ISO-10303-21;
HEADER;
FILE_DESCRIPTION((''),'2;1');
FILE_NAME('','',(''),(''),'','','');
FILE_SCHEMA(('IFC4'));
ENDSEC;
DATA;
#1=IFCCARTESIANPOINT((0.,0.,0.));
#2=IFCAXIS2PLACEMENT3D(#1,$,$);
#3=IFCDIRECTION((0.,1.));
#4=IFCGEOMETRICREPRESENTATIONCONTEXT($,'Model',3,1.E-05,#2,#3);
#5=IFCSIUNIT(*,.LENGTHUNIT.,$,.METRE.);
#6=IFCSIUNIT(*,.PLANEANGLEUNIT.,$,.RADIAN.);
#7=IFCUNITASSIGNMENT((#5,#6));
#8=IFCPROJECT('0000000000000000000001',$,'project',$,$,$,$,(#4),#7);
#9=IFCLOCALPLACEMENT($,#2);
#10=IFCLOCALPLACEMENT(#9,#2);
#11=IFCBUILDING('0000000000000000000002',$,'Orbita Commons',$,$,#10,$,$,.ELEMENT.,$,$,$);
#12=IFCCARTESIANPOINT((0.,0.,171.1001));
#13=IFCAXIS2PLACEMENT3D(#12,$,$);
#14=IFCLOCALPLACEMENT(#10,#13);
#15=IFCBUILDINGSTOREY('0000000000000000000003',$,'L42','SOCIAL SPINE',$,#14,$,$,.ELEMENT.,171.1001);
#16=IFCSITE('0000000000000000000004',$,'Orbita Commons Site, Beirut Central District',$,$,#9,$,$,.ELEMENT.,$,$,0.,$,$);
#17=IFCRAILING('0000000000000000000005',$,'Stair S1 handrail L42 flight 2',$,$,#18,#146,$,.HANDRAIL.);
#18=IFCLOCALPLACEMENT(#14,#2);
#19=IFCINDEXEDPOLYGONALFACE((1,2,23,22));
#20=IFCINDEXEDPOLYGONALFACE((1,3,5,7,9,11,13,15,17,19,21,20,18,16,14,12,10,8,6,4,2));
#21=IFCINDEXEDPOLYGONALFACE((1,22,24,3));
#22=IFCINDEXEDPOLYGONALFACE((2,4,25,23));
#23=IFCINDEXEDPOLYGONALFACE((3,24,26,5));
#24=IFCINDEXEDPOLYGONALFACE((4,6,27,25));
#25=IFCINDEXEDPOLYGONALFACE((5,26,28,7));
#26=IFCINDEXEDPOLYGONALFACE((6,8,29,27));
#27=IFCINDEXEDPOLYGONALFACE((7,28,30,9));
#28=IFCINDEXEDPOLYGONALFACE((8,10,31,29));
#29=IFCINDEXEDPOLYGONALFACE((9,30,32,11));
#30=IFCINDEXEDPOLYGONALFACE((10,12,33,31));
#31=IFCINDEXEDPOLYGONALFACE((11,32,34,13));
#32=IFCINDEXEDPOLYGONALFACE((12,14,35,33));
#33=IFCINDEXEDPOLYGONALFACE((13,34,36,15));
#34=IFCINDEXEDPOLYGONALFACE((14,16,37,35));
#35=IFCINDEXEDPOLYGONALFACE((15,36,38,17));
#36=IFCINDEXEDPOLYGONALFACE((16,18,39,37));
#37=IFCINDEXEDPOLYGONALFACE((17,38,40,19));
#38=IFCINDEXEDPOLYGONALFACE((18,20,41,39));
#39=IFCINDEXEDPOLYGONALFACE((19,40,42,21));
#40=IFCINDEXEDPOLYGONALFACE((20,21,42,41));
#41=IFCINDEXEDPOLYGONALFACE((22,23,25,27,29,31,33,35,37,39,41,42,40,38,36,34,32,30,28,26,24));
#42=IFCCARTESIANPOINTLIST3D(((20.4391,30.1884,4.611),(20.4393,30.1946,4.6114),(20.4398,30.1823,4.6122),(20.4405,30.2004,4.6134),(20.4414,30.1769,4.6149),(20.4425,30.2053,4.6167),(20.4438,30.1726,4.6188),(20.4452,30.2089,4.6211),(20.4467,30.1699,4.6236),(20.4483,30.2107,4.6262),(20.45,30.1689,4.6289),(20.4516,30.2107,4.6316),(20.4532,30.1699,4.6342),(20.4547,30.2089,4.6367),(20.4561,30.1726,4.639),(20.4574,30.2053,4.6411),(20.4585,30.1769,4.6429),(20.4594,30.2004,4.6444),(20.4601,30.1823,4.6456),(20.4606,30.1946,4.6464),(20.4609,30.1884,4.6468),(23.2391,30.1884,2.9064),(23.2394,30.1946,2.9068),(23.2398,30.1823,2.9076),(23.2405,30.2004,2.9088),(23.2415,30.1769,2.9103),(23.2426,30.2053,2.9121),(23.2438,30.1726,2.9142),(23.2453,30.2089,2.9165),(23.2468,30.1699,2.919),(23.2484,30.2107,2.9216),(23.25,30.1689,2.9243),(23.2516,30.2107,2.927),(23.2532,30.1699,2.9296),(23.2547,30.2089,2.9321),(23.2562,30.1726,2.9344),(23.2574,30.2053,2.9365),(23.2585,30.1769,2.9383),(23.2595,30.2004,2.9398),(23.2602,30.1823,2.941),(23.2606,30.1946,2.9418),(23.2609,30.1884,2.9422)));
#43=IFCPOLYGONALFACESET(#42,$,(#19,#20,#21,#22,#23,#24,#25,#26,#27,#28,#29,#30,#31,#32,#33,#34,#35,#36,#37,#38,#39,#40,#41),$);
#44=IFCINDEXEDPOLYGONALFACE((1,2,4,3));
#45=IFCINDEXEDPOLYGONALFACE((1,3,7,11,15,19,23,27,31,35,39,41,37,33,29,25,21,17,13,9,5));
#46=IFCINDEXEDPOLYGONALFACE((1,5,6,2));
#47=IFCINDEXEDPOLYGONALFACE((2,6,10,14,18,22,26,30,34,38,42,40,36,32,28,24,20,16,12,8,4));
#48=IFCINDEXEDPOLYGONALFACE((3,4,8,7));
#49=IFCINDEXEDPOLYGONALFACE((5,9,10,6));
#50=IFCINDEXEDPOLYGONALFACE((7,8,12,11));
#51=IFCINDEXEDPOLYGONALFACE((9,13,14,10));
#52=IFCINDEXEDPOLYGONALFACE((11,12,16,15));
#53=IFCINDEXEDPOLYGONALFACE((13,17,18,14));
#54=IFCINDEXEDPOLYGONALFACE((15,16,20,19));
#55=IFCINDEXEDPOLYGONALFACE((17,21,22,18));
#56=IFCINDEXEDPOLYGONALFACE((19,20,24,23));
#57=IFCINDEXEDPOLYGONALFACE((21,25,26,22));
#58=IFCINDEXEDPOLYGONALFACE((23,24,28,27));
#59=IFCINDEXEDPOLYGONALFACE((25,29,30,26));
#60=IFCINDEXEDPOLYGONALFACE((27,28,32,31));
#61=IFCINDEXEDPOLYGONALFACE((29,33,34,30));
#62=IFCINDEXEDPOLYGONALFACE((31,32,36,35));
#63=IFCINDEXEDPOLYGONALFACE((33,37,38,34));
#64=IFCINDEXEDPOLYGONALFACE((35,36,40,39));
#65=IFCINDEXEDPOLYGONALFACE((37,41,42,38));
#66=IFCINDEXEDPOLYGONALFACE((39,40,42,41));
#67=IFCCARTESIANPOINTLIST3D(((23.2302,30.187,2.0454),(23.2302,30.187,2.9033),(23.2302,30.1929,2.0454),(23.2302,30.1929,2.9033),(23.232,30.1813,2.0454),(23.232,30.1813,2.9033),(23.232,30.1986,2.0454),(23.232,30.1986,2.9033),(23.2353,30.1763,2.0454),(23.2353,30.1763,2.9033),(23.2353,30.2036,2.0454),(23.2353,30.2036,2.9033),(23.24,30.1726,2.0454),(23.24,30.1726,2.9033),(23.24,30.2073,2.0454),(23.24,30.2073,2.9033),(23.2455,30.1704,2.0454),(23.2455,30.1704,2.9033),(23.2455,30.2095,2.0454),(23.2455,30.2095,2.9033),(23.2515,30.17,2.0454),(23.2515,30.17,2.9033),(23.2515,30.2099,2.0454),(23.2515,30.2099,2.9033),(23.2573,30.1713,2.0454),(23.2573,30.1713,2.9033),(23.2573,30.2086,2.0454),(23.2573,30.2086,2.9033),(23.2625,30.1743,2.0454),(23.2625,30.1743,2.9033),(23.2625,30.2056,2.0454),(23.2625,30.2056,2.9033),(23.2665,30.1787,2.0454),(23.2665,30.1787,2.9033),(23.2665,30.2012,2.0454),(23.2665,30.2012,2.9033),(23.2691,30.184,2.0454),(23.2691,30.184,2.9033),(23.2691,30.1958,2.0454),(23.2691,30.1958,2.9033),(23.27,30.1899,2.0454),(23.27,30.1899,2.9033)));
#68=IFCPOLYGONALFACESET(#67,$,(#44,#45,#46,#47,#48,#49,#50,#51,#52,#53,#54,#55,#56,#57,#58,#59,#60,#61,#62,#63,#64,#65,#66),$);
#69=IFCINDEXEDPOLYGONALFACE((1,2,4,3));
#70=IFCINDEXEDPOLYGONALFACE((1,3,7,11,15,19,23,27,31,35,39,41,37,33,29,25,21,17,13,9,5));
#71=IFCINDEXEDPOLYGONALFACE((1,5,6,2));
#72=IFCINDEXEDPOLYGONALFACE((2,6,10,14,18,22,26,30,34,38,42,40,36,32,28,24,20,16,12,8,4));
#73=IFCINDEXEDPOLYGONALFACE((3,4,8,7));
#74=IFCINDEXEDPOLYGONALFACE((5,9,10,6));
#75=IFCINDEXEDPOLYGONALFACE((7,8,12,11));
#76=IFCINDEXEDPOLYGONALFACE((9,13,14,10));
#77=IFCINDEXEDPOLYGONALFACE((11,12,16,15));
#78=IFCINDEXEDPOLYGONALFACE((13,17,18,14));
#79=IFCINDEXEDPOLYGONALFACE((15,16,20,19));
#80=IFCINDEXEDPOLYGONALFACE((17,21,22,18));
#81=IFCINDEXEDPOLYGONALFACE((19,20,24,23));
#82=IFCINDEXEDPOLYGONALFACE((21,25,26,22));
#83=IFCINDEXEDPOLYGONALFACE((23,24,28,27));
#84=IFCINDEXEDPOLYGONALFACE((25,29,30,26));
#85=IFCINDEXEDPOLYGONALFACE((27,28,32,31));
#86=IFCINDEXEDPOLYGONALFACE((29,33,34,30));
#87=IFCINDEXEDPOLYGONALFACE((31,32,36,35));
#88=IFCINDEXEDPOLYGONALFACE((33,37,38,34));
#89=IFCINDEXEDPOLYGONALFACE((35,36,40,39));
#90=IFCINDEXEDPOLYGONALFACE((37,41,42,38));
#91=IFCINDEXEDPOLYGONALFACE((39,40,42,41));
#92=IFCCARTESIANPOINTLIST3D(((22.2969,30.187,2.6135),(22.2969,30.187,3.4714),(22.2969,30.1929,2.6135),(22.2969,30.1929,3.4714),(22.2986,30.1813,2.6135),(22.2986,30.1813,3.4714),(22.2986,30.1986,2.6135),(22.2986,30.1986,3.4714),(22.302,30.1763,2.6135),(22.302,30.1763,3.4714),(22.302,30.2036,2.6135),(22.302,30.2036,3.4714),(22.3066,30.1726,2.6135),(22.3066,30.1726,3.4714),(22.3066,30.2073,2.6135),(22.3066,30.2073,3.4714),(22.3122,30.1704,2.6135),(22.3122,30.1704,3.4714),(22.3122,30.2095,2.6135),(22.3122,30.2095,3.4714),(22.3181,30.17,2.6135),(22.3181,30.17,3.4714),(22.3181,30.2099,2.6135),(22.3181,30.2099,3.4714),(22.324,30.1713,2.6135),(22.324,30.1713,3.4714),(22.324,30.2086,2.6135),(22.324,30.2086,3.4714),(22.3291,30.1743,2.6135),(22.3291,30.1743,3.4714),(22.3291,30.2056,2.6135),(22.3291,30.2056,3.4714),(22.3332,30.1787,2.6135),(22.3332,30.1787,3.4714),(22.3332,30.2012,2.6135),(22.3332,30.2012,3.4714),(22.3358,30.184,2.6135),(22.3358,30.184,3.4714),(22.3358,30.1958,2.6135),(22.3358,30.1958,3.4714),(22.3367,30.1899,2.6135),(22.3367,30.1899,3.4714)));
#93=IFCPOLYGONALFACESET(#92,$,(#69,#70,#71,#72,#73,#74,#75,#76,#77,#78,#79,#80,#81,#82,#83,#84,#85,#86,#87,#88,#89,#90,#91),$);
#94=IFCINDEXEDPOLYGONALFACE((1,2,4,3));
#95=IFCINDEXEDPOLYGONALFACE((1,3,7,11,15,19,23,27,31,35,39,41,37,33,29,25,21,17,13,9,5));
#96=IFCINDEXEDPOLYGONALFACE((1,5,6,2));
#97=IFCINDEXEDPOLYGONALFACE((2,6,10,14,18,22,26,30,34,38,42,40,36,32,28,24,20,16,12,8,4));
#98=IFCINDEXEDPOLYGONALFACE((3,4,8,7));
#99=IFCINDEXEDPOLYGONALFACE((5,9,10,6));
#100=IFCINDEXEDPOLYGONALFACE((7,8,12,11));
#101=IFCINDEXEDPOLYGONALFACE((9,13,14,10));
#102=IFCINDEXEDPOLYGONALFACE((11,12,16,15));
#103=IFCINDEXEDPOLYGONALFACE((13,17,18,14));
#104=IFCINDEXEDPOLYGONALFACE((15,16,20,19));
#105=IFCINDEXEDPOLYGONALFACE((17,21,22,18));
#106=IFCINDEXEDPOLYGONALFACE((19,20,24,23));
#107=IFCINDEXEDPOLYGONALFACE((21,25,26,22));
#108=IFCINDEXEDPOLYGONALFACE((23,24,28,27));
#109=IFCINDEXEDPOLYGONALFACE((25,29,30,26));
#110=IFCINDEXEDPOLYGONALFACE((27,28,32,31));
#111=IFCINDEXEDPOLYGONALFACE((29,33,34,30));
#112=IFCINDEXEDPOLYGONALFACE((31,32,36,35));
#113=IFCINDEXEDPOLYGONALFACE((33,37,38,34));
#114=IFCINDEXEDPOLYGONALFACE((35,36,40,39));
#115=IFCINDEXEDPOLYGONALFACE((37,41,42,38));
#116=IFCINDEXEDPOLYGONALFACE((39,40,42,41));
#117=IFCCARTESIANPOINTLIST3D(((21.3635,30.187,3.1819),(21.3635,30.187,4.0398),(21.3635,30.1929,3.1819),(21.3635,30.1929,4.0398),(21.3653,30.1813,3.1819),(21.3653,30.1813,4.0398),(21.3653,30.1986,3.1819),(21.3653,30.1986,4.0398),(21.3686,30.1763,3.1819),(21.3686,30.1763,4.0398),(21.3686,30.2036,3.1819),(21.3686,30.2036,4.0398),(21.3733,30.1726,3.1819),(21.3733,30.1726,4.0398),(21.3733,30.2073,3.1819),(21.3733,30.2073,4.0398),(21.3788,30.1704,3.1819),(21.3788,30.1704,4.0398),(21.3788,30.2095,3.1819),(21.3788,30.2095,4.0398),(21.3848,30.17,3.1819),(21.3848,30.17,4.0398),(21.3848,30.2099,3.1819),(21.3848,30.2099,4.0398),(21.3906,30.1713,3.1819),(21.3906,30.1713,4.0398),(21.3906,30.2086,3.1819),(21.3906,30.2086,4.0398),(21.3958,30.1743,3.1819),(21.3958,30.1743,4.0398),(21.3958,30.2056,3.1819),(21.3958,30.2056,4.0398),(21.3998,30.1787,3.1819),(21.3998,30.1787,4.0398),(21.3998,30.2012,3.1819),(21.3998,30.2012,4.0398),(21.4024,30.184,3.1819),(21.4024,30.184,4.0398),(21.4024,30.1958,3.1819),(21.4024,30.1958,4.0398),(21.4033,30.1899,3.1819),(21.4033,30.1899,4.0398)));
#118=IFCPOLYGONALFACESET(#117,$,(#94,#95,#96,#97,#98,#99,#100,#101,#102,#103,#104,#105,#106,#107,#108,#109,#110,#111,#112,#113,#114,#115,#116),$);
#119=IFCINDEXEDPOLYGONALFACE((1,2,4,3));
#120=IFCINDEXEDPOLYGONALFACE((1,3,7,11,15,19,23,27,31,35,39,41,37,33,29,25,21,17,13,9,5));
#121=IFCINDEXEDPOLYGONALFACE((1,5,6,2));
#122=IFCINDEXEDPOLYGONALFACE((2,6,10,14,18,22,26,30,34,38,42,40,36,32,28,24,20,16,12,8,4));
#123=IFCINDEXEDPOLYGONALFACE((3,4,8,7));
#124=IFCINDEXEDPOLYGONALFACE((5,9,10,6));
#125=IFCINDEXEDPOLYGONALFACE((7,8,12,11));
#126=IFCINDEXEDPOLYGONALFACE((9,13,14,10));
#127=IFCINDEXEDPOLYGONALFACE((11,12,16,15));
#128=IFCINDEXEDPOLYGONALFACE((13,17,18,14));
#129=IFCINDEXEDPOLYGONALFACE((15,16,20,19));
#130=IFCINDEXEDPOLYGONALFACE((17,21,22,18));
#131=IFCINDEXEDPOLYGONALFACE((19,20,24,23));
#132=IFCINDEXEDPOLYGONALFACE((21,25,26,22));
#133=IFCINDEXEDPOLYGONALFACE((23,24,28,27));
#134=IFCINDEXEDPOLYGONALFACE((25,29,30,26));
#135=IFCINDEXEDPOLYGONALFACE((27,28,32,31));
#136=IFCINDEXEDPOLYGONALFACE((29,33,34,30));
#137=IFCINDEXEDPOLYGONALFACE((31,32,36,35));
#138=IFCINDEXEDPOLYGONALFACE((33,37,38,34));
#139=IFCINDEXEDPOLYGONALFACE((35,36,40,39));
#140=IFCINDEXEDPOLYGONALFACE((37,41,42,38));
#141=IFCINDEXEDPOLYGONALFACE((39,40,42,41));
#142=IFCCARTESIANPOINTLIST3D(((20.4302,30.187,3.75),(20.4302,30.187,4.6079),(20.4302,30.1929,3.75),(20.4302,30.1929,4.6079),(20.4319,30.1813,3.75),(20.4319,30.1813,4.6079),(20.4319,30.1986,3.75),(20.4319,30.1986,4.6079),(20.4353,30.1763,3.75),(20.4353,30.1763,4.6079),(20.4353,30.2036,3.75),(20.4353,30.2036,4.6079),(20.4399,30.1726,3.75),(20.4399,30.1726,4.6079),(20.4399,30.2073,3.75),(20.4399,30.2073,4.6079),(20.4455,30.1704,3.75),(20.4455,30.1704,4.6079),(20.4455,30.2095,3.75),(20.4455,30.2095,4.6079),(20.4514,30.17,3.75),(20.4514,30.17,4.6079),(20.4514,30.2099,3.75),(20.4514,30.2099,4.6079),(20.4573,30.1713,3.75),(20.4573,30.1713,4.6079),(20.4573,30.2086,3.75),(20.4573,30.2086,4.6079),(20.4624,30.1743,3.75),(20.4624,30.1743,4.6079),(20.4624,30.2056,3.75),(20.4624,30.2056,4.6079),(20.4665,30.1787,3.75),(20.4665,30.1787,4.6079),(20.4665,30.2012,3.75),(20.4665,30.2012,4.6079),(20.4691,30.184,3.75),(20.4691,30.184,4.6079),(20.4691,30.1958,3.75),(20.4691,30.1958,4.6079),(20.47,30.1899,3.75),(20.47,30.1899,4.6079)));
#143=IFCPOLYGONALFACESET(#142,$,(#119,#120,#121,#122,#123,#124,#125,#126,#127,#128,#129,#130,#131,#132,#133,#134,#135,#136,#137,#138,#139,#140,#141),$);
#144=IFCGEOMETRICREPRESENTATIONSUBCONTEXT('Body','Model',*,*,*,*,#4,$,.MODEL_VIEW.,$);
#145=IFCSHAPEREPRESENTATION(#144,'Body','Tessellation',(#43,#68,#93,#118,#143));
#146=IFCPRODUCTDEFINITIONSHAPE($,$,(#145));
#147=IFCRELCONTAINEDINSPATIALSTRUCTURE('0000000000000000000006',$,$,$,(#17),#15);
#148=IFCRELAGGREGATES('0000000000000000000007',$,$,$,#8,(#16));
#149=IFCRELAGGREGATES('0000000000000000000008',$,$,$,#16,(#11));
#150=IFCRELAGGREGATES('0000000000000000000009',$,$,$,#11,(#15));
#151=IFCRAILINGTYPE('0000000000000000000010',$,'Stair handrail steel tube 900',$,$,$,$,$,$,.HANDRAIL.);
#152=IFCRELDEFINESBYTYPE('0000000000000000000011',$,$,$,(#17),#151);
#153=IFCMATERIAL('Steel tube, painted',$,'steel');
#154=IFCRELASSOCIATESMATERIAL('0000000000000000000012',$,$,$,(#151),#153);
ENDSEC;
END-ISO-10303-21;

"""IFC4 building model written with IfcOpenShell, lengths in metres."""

from ifc_helpers import new_model, si_unit, direction, frame, origin, origin_2d, place, context, subcontext, project, spatial, circle, extrude, material, type_object, element, save


model = new_model("IFC4")

# Units and contexts
model_context = context("Model", 3, precision=1e-05, world=origin(), true_north=direction((0.0, 1.0)))
body_context = subcontext(model_context, "Body", "Model", "MODEL_VIEW")
ifc_project = project(units=[si_unit("LENGTHUNIT", "METRE"), si_unit("PLANEANGLEUNIT", "RADIAN")], contexts=[model_context])

# Site, building, storey
site_placement = place(None, origin())
site = spatial("IfcSite", under=ifc_project, at=site_placement, Name="Orbita Commons Site, Beirut Central District", CompositionType="ELEMENT", RefElevation=0.0)
building_placement = place(site_placement, origin())
building = spatial("IfcBuilding", under=site, at=building_placement, Name="Orbita Commons", CompositionType="ELEMENT")
storey_placement = place(building_placement, frame((0.0, 0.0, 171.1001)))
storey = spatial("IfcBuildingStorey", under=building, at=storey_placement, Name="L42", Description="SOCIAL SPINE", CompositionType="ELEMENT", Elevation=171.1001)

# Railing
ifc_material_1 = material(Name="Steel tube, painted", Category="steel")
railing_type = type_object("IfcRailingType", Name="Stair handrail steel tube 900", PredefinedType="HANDRAIL", material=ifc_material_1)
for number, where, name in (
    (1, (23.25, 30.1899, 2.0454), "Stair S1 handrail L42 flight 2"),
):
    element("IfcRailing", number, at=place(storey_placement, frame(where)), inside=storey, type_object=railing_type, Name=name, PredefinedType="HANDRAIL", context=body_context, shape_type="SweptSolid", body=[
        extrude(circle(Radius=0.021, at=origin_2d()), frame((0.0, 0.0, 0.8789), z_axis=(-0.85417, 0.0, 0.519994), x_axis=(0.0, -1.0, 0.0)), (0.0, 0.0, 1.0), 3.2781),
        extrude(circle(Radius=0.02, at=origin_2d()), origin(), (0.0, 0.0, 1.0), 0.8579),
        extrude(circle(Radius=0.02, at=origin_2d()), frame((-0.9333, 0.0, 0.5681)), (0.0, 0.0, 1.0), 0.8579),
        extrude(circle(Radius=0.02, at=origin_2d()), frame((-1.8667, 0.0, 1.1365)), (0.0, 0.0, 1.0), 0.8579),
        extrude(circle(Radius=0.02, at=origin_2d()), frame((-2.8, 0.0, 1.7046)), (0.0, 0.0, 1.0), 0.8579),
    ])

save(model, "model.ifc")
